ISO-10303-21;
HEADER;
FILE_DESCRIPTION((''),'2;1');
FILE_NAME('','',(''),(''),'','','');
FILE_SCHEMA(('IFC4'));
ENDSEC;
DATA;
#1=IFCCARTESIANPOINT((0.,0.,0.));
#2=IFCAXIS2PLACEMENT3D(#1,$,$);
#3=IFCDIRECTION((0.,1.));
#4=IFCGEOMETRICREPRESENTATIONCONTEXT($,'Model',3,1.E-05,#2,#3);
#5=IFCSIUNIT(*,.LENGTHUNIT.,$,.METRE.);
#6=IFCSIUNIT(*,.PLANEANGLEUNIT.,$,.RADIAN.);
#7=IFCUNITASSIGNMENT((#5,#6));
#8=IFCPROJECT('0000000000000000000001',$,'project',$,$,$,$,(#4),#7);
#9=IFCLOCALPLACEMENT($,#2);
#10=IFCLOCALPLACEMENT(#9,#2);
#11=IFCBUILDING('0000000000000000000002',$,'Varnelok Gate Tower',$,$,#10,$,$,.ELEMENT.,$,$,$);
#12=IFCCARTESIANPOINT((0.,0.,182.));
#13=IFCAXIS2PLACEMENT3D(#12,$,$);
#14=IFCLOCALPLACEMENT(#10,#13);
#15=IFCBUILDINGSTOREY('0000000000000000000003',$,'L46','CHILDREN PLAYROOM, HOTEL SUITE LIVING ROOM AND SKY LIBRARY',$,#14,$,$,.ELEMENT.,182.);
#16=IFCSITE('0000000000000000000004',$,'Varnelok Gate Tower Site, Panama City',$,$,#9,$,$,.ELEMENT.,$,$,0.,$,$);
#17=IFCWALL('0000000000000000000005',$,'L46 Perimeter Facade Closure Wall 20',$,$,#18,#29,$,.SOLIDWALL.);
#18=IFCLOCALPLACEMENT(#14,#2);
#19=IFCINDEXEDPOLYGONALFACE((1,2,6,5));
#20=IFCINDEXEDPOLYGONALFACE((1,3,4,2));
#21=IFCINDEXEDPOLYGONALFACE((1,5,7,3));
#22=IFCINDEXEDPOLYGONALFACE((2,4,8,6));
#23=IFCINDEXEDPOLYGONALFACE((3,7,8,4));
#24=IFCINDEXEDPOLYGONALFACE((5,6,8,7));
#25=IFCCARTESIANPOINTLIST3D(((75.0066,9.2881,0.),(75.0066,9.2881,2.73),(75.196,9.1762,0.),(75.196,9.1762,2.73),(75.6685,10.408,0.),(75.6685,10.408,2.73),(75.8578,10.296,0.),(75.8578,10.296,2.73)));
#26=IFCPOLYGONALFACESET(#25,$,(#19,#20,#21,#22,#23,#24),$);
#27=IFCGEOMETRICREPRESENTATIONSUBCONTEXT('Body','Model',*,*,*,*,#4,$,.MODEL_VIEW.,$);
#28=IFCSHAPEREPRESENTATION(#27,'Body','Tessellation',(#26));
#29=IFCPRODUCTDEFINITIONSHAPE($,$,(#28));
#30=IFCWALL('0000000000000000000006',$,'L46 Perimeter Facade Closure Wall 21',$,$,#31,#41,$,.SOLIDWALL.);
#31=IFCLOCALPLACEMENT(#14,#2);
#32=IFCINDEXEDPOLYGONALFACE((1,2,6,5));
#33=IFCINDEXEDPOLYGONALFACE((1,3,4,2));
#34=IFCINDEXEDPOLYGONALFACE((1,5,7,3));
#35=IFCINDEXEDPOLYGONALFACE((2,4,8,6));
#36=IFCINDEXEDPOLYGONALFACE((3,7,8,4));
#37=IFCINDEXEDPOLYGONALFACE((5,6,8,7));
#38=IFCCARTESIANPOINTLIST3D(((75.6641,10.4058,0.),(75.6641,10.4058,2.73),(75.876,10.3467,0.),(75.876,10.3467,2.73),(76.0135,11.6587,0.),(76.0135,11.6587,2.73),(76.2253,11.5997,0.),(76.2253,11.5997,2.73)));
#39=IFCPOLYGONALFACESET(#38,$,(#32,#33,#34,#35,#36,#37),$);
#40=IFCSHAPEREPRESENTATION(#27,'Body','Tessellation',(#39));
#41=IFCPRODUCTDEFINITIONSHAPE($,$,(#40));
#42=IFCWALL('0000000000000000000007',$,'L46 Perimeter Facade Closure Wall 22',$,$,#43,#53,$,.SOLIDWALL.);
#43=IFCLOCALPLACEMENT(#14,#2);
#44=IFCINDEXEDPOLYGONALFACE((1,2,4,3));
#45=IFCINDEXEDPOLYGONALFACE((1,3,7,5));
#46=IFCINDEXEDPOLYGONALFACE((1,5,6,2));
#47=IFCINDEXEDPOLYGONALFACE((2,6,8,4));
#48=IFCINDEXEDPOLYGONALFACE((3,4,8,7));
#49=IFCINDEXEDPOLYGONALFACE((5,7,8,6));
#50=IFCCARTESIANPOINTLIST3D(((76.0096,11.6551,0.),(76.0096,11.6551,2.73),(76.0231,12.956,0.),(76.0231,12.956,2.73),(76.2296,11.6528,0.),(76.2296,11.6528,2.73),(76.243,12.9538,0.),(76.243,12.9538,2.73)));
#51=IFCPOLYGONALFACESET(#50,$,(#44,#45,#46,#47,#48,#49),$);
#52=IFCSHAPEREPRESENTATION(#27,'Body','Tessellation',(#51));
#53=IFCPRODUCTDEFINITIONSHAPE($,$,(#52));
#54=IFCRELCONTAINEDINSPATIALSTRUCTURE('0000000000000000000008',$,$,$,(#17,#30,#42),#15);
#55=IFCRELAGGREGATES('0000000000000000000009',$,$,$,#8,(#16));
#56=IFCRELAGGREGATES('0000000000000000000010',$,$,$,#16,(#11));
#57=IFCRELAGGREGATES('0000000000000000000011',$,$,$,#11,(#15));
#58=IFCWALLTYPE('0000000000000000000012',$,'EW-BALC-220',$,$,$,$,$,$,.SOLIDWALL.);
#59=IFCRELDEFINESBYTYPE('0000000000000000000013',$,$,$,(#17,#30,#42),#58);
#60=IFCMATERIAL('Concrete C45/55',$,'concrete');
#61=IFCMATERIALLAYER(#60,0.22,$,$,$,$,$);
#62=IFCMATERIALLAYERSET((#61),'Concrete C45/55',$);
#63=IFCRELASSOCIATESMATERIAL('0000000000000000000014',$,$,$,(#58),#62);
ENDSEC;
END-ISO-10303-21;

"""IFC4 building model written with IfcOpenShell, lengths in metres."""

from ifc_helpers import new_model, si_unit, direction, frame, frame_2d, origin, place, context, subcontext, project, spatial, rectangle, extrude, material, layer, layer_set, type_object, element, save


model = new_model("IFC4")

# Units and contexts
model_context = context("Model", 3, precision=1e-05, world=origin(), true_north=direction((0.0, 1.0)))
body_context = subcontext(model_context, "Body", "Model", "MODEL_VIEW")
ifc_project = project(units=[si_unit("LENGTHUNIT", "METRE"), si_unit("PLANEANGLEUNIT", "RADIAN")], contexts=[model_context])

# Site, building, storey
site_placement = place(None, origin())
site = spatial("IfcSite", under=ifc_project, at=site_placement, Name="Varnelok Gate Tower Site, Panama City", CompositionType="ELEMENT", RefElevation=0.0)
building_placement = place(site_placement, origin())
building = spatial("IfcBuilding", under=site, at=building_placement, Name="Varnelok Gate Tower", CompositionType="ELEMENT")
storey_placement = place(building_placement, frame((0.0, 0.0, 182.0)))
storey = spatial("IfcBuildingStorey", under=building, at=storey_placement, Name="L46", Description="CHILDREN PLAYROOM, HOTEL SUITE LIVING ROOM AND SKY LIBRARY", CompositionType="ELEMENT", Elevation=182.0)

# Walls
ifc_material_1 = material(Name="Concrete C45/55", Category="concrete")
ifc_layer_1 = layer(ifc_material_1, 0.22)
ifc_layer_set_1 = layer_set([ifc_layer_1], Name="Concrete C45/55")
wall_type = type_object("IfcWallType", Name="EW-BALC-220", PredefinedType="SOLIDWALL", material=ifc_layer_set_1)
for number, where, z_axis, x_axis, name in (
    (1, (75.1013, 9.2322, 0.0), (0.0, 0.0, 1.0), (0.508799, 0.860885, 0.0), "L46 Perimeter Facade Closure Wall 20"),
    (2, (75.77, 10.3762, 0.0), (0.0, 0.0, 1.0), (0.268592, 0.963254, 0.0), "L46 Perimeter Facade Closure Wall 21"),
):
    element("IfcWall", number, at=place(storey_placement, frame(where, z_axis=z_axis, x_axis=x_axis)), inside=storey, type_object=wall_type, Name=name, PredefinedType="SOLIDWALL", context=body_context, shape_type="SweptSolid", body=[
        extrude(rectangle(XDim=1.3008, YDim=0.22, at=frame_2d((0.6504, 0.0))), origin(), (0.0, 0.0, 1.0), 2.73),
    ])
wall_placement = place(storey_placement, frame((76.1196, 11.6541, 0.0), z_axis=(0.0, 0.0, 1.0), x_axis=(0.01032, 0.999947, 0.0)))
element("IfcWall", 3, at=wall_placement, inside=storey, type_object=wall_type, Name="L46 Perimeter Facade Closure Wall 22", PredefinedType="SOLIDWALL", context=body_context, shape_type="SweptSolid", body=[
    extrude(rectangle(XDim=1.301, YDim=0.22, at=frame_2d((0.6504, 0.0))), origin(), (0.0, 0.0, 1.0), 2.73),
])

save(model, "model.ifc")
